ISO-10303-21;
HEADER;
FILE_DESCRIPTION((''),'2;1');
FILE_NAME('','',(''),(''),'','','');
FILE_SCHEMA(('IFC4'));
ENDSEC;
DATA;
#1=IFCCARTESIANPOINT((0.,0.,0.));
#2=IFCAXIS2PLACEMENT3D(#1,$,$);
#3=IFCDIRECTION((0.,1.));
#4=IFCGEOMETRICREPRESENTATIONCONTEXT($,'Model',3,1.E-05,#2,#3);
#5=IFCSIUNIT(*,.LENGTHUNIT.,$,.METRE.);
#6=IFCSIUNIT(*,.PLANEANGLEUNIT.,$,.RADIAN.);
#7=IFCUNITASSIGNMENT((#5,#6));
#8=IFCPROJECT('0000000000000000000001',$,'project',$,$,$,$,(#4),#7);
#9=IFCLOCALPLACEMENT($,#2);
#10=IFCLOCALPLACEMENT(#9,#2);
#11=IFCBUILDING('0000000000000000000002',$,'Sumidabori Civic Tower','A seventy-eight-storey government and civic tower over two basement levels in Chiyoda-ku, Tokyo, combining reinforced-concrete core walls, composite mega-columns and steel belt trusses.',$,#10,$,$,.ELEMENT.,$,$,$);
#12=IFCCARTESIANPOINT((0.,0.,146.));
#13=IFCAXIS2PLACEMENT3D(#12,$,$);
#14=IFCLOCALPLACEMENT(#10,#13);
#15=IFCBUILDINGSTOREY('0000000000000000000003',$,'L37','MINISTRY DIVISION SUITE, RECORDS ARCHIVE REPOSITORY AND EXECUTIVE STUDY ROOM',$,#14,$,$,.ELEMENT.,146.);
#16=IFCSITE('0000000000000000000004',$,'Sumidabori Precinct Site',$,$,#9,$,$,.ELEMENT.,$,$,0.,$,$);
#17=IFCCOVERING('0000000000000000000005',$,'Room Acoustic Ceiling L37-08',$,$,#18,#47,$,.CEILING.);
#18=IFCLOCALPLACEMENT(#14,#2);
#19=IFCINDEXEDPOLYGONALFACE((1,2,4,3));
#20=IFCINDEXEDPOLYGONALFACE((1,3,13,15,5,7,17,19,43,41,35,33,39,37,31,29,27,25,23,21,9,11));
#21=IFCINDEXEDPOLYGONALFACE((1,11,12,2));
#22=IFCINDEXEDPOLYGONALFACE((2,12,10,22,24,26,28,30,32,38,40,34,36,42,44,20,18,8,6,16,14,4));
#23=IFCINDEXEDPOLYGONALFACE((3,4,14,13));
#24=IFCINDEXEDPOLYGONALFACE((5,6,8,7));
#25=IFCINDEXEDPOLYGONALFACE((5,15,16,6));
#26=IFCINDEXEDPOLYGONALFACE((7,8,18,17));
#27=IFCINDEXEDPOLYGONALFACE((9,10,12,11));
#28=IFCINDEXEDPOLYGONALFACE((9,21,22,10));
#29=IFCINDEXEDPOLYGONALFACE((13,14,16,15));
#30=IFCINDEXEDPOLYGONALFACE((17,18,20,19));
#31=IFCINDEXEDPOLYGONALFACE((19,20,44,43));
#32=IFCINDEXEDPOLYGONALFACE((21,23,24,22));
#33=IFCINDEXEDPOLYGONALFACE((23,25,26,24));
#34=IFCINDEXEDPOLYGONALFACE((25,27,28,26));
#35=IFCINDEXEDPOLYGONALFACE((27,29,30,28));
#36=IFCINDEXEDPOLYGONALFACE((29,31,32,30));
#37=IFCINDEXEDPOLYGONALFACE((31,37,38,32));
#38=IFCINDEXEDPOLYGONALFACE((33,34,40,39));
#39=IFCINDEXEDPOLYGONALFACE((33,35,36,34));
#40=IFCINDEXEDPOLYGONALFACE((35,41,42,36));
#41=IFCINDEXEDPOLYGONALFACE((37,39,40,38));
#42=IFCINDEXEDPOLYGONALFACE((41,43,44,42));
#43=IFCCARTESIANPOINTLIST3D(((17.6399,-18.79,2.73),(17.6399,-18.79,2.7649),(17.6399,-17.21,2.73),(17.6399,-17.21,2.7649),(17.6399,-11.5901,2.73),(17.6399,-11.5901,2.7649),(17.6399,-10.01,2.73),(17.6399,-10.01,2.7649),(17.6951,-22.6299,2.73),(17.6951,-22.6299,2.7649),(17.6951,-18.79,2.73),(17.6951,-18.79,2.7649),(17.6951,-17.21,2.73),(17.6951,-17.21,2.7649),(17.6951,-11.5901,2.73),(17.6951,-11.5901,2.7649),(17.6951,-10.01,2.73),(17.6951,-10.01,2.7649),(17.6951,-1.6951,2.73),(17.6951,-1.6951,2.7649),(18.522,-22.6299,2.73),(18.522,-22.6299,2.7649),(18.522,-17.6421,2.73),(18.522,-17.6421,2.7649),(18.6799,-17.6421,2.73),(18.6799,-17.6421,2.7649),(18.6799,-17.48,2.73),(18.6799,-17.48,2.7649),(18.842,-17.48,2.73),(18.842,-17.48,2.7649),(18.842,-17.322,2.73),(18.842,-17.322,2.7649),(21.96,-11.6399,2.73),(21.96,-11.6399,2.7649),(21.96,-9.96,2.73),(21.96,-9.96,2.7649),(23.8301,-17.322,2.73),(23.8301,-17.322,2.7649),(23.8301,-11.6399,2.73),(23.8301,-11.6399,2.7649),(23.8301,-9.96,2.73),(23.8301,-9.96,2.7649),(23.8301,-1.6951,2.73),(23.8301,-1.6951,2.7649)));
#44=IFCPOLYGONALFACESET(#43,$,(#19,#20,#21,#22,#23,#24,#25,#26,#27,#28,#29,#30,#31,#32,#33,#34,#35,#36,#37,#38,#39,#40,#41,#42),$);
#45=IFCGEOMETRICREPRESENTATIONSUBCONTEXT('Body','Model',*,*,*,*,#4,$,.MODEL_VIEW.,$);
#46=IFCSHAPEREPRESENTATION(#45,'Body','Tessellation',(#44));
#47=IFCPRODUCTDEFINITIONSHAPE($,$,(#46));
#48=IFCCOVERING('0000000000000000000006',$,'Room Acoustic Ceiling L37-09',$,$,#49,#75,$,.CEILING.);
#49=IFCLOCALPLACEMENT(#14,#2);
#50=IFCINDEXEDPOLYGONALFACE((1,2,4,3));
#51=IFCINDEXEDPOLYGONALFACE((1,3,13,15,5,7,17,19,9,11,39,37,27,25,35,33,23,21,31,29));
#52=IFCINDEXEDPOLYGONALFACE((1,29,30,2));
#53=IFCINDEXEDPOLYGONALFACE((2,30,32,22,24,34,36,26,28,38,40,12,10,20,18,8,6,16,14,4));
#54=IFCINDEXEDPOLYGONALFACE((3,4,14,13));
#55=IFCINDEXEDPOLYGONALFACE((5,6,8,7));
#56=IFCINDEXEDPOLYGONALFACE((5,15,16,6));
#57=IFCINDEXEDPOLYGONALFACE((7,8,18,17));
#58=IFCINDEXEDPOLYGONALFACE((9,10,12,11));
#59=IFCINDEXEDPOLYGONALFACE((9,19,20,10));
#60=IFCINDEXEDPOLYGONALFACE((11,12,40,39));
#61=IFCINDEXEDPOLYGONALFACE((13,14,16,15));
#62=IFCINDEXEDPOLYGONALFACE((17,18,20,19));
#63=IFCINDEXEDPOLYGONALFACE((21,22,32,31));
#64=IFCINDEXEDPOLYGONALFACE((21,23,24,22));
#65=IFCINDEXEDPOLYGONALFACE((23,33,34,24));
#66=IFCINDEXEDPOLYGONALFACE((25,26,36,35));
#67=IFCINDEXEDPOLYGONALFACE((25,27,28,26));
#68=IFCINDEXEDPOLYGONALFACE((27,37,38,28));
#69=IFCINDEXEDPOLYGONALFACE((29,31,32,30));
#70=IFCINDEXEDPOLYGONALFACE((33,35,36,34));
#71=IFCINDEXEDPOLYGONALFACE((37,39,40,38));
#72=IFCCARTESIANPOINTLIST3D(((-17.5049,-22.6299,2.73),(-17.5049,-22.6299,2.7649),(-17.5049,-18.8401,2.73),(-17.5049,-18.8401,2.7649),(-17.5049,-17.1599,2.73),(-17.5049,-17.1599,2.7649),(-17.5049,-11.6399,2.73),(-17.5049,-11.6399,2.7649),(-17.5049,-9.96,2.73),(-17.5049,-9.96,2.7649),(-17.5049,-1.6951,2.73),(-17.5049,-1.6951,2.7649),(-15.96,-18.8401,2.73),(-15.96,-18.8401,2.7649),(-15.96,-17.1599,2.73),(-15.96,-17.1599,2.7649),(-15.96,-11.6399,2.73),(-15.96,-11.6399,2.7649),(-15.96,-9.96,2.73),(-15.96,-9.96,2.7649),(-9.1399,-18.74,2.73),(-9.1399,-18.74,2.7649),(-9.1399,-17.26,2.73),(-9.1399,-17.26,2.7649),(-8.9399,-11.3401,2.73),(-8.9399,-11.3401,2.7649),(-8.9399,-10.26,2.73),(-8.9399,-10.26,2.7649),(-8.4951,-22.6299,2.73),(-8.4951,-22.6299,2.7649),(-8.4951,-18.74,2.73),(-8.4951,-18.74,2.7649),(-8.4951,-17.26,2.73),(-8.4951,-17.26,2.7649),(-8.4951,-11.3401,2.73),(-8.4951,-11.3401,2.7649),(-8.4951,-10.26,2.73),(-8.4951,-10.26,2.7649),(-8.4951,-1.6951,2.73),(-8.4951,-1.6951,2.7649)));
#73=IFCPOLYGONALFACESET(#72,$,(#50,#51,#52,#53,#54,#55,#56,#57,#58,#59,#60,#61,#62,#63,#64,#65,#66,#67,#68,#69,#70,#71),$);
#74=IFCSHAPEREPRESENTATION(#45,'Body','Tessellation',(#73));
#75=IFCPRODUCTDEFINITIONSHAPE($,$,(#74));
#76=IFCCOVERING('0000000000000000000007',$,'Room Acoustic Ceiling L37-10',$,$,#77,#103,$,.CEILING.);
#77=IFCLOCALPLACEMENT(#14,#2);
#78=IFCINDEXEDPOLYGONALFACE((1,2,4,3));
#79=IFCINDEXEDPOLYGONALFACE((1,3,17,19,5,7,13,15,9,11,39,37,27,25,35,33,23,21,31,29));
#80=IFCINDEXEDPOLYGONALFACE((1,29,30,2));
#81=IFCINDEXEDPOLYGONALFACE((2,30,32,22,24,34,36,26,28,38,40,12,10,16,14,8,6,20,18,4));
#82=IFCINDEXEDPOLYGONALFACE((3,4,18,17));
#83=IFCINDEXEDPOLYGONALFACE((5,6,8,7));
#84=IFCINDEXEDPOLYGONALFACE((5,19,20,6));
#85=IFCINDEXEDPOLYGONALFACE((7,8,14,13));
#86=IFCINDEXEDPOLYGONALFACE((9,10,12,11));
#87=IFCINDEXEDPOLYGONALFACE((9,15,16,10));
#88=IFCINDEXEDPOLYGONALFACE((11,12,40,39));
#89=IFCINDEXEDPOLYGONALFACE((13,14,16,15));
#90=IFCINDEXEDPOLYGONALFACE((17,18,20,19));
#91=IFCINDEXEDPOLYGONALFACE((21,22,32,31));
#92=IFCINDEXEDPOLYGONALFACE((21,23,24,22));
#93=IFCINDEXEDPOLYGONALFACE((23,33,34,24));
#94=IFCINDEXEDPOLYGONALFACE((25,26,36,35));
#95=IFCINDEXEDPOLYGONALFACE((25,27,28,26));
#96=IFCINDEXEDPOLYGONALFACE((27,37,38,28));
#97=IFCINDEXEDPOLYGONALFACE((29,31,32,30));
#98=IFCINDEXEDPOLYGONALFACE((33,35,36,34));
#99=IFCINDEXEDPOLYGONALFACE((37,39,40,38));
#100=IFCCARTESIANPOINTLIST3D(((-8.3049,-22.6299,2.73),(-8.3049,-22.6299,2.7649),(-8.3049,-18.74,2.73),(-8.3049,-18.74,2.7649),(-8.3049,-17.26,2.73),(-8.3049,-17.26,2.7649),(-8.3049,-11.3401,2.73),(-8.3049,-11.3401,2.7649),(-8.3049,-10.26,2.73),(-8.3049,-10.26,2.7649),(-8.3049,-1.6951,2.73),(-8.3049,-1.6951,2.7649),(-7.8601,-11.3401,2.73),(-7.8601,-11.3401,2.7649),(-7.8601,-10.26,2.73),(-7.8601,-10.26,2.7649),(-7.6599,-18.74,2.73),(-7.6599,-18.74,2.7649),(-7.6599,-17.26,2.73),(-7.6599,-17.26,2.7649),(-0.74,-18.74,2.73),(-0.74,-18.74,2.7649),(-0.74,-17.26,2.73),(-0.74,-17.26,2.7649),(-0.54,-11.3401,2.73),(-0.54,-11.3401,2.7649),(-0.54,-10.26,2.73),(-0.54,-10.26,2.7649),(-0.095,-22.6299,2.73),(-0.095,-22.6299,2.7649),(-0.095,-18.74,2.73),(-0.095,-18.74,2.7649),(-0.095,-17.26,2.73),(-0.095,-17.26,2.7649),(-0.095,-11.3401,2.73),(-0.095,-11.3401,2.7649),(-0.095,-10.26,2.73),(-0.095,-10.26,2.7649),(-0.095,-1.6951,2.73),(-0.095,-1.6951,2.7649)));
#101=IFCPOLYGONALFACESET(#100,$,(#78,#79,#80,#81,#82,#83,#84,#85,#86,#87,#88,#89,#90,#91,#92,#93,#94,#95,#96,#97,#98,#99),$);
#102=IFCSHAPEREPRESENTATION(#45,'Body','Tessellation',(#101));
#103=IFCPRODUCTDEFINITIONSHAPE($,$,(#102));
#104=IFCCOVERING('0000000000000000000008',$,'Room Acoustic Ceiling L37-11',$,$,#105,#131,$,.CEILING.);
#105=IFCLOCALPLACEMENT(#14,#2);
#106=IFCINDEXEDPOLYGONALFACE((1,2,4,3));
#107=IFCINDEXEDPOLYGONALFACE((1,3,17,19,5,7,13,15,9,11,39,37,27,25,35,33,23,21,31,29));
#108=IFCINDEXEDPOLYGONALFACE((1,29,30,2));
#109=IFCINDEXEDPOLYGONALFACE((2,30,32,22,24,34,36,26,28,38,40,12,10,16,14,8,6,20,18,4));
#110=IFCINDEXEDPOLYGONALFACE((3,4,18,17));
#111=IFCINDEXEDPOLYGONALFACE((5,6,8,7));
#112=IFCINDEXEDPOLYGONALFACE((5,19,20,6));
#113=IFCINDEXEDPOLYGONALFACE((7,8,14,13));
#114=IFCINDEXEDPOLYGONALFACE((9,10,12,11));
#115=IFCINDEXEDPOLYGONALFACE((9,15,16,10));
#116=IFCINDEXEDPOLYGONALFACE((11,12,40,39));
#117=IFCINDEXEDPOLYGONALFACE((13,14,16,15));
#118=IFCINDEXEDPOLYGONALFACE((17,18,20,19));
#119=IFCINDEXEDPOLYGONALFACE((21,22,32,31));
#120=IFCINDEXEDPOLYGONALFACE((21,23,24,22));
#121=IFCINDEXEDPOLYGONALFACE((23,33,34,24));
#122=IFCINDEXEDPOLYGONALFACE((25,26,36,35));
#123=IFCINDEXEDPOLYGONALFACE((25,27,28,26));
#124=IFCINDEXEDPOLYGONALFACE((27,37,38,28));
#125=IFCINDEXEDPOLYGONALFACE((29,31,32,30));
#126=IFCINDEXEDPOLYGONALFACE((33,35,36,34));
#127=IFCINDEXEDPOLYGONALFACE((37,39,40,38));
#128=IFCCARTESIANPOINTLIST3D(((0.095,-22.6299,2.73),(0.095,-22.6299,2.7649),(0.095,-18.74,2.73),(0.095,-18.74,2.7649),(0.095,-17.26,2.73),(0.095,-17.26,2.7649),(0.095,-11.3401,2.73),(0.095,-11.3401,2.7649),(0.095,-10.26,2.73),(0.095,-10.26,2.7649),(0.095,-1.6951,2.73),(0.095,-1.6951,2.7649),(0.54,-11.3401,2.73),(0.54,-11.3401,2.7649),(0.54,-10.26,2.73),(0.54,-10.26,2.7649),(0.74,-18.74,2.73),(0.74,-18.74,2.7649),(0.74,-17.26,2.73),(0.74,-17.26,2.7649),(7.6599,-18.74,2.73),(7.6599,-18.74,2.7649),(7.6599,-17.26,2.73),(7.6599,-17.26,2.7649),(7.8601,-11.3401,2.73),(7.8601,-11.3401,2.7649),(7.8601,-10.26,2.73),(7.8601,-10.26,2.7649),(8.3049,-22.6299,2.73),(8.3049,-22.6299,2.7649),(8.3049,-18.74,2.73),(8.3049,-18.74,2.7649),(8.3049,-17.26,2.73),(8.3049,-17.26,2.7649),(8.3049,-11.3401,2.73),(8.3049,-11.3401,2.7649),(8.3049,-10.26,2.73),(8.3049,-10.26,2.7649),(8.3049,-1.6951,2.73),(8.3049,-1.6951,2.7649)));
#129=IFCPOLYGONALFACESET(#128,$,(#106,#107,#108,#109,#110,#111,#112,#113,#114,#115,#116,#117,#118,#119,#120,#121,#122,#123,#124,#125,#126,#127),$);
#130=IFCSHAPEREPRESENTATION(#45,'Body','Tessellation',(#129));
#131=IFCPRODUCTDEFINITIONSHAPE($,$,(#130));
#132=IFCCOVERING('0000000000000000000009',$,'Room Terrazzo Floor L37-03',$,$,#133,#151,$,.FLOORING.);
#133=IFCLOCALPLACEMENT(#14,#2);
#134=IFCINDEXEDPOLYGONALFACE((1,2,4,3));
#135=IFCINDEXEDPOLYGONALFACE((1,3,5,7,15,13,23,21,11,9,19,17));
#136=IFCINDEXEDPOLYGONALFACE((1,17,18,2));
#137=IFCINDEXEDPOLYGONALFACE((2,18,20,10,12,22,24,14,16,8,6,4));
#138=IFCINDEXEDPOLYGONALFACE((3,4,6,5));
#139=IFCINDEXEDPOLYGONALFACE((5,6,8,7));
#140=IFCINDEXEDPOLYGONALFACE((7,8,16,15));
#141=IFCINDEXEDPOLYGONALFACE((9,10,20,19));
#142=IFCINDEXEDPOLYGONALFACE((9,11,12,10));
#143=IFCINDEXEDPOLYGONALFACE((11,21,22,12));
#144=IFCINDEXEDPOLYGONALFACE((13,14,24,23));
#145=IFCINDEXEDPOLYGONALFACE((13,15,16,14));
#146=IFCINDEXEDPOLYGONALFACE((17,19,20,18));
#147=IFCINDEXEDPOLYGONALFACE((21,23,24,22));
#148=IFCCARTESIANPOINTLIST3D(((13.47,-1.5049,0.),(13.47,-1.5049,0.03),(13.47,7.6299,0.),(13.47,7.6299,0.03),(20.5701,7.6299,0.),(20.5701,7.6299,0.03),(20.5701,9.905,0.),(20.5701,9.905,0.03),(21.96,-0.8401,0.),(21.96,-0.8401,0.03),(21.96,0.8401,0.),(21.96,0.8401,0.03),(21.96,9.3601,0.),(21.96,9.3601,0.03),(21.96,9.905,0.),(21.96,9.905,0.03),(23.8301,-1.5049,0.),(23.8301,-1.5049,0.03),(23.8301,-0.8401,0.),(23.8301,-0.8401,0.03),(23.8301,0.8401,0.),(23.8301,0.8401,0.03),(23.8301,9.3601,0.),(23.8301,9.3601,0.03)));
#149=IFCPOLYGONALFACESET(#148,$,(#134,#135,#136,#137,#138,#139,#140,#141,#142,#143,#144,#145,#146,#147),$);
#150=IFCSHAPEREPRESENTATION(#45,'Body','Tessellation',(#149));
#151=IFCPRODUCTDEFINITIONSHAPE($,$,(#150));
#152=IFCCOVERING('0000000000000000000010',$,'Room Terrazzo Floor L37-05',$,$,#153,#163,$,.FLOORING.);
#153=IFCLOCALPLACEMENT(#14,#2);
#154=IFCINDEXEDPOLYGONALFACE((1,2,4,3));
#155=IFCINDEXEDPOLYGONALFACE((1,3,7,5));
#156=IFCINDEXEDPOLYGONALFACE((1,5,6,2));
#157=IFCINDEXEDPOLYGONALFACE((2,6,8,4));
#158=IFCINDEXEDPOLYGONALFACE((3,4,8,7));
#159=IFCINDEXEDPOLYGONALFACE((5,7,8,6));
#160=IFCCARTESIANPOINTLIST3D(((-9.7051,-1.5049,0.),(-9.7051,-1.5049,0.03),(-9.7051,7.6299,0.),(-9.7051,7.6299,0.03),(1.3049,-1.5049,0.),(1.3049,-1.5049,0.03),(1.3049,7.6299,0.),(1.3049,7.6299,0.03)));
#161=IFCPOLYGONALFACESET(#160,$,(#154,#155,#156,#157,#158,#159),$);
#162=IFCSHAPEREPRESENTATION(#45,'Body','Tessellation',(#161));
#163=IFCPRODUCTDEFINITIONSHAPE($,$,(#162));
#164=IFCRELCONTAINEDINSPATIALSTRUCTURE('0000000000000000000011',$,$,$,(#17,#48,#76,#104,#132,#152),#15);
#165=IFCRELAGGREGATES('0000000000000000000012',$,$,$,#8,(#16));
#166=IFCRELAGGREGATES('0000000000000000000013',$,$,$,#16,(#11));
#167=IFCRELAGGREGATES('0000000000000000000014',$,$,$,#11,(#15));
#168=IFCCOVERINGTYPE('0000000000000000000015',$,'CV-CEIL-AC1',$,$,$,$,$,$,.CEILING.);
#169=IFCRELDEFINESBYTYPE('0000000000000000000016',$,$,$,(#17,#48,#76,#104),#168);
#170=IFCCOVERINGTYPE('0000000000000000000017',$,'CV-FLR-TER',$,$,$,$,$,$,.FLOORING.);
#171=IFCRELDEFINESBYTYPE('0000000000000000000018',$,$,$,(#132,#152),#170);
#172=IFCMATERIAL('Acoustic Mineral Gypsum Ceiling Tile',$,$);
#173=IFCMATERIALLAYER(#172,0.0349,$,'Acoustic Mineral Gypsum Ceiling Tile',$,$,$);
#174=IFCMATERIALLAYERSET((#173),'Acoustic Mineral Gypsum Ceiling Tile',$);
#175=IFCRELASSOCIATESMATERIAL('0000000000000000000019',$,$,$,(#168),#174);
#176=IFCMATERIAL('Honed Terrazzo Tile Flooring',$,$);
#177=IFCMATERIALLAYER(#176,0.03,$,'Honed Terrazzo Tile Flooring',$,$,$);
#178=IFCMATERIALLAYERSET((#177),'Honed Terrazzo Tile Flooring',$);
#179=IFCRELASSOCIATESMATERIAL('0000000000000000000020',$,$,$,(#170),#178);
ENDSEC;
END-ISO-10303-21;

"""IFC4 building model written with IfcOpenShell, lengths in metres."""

from ifc_helpers import new_model, si_unit, direction, frame, origin, place, context, subcontext, project, spatial, polyline, outline, extrude, material, layer, layer_set, type_object, element, save


model = new_model("IFC4")

# Units and contexts
model_context = context("Model", 3, precision=1e-05, world=origin(), true_north=direction((0.0, 1.0)))
body_context = subcontext(model_context, "Body", "Model", "MODEL_VIEW")
ifc_project = project(units=[si_unit("LENGTHUNIT", "METRE"), si_unit("PLANEANGLEUNIT", "RADIAN")], contexts=[model_context])

# Site, building, storey
site_placement = place(None, origin())
site = spatial("IfcSite", under=ifc_project, at=site_placement, Name="Sumidabori Precinct Site", CompositionType="ELEMENT", RefElevation=0.0)
building_placement = place(site_placement, origin())
building = spatial("IfcBuilding", under=site, at=building_placement, Name="Sumidabori Civic Tower", Description="A seventy-eight-storey government and civic tower over two basement levels in Chiyoda-ku, Tokyo, combining reinforced-concrete core walls, composite mega-columns and steel belt trusses.", CompositionType="ELEMENT")
storey_placement = place(building_placement, frame((0.0, 0.0, 146.0)))
storey = spatial("IfcBuildingStorey", under=building, at=storey_placement, Name="L37", Description="MINISTRY DIVISION SUITE, RECORDS ARCHIVE REPOSITORY AND EXECUTIVE STUDY ROOM", CompositionType="ELEMENT", Elevation=146.0)

# Coverings
ifc_material_1 = material(Name="Acoustic Mineral Gypsum Ceiling Tile")
ifc_layer_1 = layer(ifc_material_1, 0.0349, Name="Acoustic Mineral Gypsum Ceiling Tile")
ifc_layer_set_1 = layer_set([ifc_layer_1], Name="Acoustic Mineral Gypsum Ceiling Tile")
covering_type_1 = type_object("IfcCoveringType", Name="CV-CEIL-AC1", PredefinedType="CEILING", material=ifc_layer_set_1)
covering_1_placement = place(storey_placement, frame((0.0, 0.0, 2.73)))
element("IfcCovering", 1, at=covering_1_placement, inside=storey, type_object=covering_type_1, Name="Room Acoustic Ceiling L37-08", PredefinedType="CEILING", context=body_context, shape_type="SweptSolid", body=[
    extrude(outline(polyline([(17.6951, -18.79), (17.6399, -18.79), (17.6399, -17.21), (17.6951, -17.21), (17.6951, -11.5901), (17.6399, -11.5901), (17.6399, -10.01), (17.6951, -10.01), (17.6951, -1.6951), (23.8301, -1.6951), (23.8301, -9.96), (21.96, -9.96), (21.96, -11.6399), (23.8301, -11.6399), (23.8301, -17.322), (18.842, -17.322), (18.842, -17.48), (18.6799, -17.48), (18.6799, -17.6421), (18.522, -17.6421), (18.522, -22.6299), (17.6951, -22.6299), (17.6951, -18.79)])), origin(), (0.0, 0.0, 1.0), 0.0349),
])
covering_2_placement = place(storey_placement, frame((0.0, 0.0, 2.73)))
element("IfcCovering", 2, at=covering_2_placement, inside=storey, type_object=covering_type_1, Name="Room Acoustic Ceiling L37-09", PredefinedType="CEILING", context=body_context, shape_type="SweptSolid", body=[
    extrude(outline(polyline([(-17.5049, -18.8401), (-15.96, -18.8401), (-15.96, -17.1599), (-17.5049, -17.1599), (-17.5049, -11.6399), (-15.96, -11.6399), (-15.96, -9.96), (-17.5049, -9.96), (-17.5049, -1.6951), (-8.4951, -1.6951), (-8.4951, -10.26), (-8.9399, -10.26), (-8.9399, -11.3401), (-8.4951, -11.3401), (-8.4951, -17.26), (-9.1399, -17.26), (-9.1399, -18.74), (-8.4951, -18.74), (-8.4951, -22.6299), (-17.5049, -22.6299), (-17.5049, -18.8401)])), origin(), (0.0, 0.0, 1.0), 0.0349),
])
covering_3_placement = place(storey_placement, frame((0.0, 0.0, 2.73)))
element("IfcCovering", 3, at=covering_3_placement, inside=storey, type_object=covering_type_1, Name="Room Acoustic Ceiling L37-10", PredefinedType="CEILING", context=body_context, shape_type="SweptSolid", body=[
    extrude(outline(polyline([(-8.3049, -18.74), (-7.6599, -18.74), (-7.6599, -17.26), (-8.3049, -17.26), (-8.3049, -11.3401), (-7.8601, -11.3401), (-7.8601, -10.26), (-8.3049, -10.26), (-8.3049, -1.6951), (-0.095, -1.6951), (-0.095, -10.26), (-0.54, -10.26), (-0.54, -11.3401), (-0.095, -11.3401), (-0.095, -17.26), (-0.74, -17.26), (-0.74, -18.74), (-0.095, -18.74), (-0.095, -22.6299), (-8.3049, -22.6299), (-8.3049, -18.74)])), origin(), (0.0, 0.0, 1.0), 0.0349),
])
covering_4_placement = place(storey_placement, frame((0.0, 0.0, 2.73)))
element("IfcCovering", 4, at=covering_4_placement, inside=storey, type_object=covering_type_1, Name="Room Acoustic Ceiling L37-11", PredefinedType="CEILING", context=body_context, shape_type="SweptSolid", body=[
    extrude(outline(polyline([(0.095, -18.74), (0.74, -18.74), (0.74, -17.26), (0.095, -17.26), (0.095, -11.3401), (0.54, -11.3401), (0.54, -10.26), (0.095, -10.26), (0.095, -1.6951), (8.3049, -1.6951), (8.3049, -10.26), (7.8601, -10.26), (7.8601, -11.3401), (8.3049, -11.3401), (8.3049, -17.26), (7.6599, -17.26), (7.6599, -18.74), (8.3049, -18.74), (8.3049, -22.6299), (0.095, -22.6299), (0.095, -18.74)])), origin(), (0.0, 0.0, 1.0), 0.0349),
])
ifc_material_2 = material(Name="Honed Terrazzo Tile Flooring")
ifc_layer_2 = layer(ifc_material_2, 0.03, Name="Honed Terrazzo Tile Flooring")
ifc_layer_set_2 = layer_set([ifc_layer_2], Name="Honed Terrazzo Tile Flooring")
covering_type_2 = type_object("IfcCoveringType", Name="CV-FLR-TER", PredefinedType="FLOORING", material=ifc_layer_set_2)
covering_5_placement = place(storey_placement, origin())
element("IfcCovering", 5, at=covering_5_placement, inside=storey, type_object=covering_type_2, Name="Room Terrazzo Floor L37-03", PredefinedType="FLOORING", context=body_context, shape_type="SweptSolid", body=[
    extrude(outline(polyline([(13.47, 7.6299), (20.5701, 7.6299), (20.5701, 9.905), (21.96, 9.905), (21.96, 9.3601), (23.8301, 9.3601), (23.8301, 0.8401), (21.96, 0.8401), (21.96, -0.8401), (23.8301, -0.8401), (23.8301, -1.5049), (13.47, -1.5049), (13.47, 7.6299)])), origin(), (0.0, 0.0, 1.0), 0.03),
])
covering_6_placement = place(storey_placement, origin())
element("IfcCovering", 6, at=covering_6_placement, inside=storey, type_object=covering_type_2, Name="Room Terrazzo Floor L37-05", PredefinedType="FLOORING", context=body_context, shape_type="SweptSolid", body=[
    extrude(outline(polyline([(-9.7051, 7.6299), (1.3049, 7.6299), (1.3049, -1.5049), (-9.7051, -1.5049), (-9.7051, 7.6299)])), origin(), (0.0, 0.0, 1.0), 0.03),
])

save(model, "model.ifc")
